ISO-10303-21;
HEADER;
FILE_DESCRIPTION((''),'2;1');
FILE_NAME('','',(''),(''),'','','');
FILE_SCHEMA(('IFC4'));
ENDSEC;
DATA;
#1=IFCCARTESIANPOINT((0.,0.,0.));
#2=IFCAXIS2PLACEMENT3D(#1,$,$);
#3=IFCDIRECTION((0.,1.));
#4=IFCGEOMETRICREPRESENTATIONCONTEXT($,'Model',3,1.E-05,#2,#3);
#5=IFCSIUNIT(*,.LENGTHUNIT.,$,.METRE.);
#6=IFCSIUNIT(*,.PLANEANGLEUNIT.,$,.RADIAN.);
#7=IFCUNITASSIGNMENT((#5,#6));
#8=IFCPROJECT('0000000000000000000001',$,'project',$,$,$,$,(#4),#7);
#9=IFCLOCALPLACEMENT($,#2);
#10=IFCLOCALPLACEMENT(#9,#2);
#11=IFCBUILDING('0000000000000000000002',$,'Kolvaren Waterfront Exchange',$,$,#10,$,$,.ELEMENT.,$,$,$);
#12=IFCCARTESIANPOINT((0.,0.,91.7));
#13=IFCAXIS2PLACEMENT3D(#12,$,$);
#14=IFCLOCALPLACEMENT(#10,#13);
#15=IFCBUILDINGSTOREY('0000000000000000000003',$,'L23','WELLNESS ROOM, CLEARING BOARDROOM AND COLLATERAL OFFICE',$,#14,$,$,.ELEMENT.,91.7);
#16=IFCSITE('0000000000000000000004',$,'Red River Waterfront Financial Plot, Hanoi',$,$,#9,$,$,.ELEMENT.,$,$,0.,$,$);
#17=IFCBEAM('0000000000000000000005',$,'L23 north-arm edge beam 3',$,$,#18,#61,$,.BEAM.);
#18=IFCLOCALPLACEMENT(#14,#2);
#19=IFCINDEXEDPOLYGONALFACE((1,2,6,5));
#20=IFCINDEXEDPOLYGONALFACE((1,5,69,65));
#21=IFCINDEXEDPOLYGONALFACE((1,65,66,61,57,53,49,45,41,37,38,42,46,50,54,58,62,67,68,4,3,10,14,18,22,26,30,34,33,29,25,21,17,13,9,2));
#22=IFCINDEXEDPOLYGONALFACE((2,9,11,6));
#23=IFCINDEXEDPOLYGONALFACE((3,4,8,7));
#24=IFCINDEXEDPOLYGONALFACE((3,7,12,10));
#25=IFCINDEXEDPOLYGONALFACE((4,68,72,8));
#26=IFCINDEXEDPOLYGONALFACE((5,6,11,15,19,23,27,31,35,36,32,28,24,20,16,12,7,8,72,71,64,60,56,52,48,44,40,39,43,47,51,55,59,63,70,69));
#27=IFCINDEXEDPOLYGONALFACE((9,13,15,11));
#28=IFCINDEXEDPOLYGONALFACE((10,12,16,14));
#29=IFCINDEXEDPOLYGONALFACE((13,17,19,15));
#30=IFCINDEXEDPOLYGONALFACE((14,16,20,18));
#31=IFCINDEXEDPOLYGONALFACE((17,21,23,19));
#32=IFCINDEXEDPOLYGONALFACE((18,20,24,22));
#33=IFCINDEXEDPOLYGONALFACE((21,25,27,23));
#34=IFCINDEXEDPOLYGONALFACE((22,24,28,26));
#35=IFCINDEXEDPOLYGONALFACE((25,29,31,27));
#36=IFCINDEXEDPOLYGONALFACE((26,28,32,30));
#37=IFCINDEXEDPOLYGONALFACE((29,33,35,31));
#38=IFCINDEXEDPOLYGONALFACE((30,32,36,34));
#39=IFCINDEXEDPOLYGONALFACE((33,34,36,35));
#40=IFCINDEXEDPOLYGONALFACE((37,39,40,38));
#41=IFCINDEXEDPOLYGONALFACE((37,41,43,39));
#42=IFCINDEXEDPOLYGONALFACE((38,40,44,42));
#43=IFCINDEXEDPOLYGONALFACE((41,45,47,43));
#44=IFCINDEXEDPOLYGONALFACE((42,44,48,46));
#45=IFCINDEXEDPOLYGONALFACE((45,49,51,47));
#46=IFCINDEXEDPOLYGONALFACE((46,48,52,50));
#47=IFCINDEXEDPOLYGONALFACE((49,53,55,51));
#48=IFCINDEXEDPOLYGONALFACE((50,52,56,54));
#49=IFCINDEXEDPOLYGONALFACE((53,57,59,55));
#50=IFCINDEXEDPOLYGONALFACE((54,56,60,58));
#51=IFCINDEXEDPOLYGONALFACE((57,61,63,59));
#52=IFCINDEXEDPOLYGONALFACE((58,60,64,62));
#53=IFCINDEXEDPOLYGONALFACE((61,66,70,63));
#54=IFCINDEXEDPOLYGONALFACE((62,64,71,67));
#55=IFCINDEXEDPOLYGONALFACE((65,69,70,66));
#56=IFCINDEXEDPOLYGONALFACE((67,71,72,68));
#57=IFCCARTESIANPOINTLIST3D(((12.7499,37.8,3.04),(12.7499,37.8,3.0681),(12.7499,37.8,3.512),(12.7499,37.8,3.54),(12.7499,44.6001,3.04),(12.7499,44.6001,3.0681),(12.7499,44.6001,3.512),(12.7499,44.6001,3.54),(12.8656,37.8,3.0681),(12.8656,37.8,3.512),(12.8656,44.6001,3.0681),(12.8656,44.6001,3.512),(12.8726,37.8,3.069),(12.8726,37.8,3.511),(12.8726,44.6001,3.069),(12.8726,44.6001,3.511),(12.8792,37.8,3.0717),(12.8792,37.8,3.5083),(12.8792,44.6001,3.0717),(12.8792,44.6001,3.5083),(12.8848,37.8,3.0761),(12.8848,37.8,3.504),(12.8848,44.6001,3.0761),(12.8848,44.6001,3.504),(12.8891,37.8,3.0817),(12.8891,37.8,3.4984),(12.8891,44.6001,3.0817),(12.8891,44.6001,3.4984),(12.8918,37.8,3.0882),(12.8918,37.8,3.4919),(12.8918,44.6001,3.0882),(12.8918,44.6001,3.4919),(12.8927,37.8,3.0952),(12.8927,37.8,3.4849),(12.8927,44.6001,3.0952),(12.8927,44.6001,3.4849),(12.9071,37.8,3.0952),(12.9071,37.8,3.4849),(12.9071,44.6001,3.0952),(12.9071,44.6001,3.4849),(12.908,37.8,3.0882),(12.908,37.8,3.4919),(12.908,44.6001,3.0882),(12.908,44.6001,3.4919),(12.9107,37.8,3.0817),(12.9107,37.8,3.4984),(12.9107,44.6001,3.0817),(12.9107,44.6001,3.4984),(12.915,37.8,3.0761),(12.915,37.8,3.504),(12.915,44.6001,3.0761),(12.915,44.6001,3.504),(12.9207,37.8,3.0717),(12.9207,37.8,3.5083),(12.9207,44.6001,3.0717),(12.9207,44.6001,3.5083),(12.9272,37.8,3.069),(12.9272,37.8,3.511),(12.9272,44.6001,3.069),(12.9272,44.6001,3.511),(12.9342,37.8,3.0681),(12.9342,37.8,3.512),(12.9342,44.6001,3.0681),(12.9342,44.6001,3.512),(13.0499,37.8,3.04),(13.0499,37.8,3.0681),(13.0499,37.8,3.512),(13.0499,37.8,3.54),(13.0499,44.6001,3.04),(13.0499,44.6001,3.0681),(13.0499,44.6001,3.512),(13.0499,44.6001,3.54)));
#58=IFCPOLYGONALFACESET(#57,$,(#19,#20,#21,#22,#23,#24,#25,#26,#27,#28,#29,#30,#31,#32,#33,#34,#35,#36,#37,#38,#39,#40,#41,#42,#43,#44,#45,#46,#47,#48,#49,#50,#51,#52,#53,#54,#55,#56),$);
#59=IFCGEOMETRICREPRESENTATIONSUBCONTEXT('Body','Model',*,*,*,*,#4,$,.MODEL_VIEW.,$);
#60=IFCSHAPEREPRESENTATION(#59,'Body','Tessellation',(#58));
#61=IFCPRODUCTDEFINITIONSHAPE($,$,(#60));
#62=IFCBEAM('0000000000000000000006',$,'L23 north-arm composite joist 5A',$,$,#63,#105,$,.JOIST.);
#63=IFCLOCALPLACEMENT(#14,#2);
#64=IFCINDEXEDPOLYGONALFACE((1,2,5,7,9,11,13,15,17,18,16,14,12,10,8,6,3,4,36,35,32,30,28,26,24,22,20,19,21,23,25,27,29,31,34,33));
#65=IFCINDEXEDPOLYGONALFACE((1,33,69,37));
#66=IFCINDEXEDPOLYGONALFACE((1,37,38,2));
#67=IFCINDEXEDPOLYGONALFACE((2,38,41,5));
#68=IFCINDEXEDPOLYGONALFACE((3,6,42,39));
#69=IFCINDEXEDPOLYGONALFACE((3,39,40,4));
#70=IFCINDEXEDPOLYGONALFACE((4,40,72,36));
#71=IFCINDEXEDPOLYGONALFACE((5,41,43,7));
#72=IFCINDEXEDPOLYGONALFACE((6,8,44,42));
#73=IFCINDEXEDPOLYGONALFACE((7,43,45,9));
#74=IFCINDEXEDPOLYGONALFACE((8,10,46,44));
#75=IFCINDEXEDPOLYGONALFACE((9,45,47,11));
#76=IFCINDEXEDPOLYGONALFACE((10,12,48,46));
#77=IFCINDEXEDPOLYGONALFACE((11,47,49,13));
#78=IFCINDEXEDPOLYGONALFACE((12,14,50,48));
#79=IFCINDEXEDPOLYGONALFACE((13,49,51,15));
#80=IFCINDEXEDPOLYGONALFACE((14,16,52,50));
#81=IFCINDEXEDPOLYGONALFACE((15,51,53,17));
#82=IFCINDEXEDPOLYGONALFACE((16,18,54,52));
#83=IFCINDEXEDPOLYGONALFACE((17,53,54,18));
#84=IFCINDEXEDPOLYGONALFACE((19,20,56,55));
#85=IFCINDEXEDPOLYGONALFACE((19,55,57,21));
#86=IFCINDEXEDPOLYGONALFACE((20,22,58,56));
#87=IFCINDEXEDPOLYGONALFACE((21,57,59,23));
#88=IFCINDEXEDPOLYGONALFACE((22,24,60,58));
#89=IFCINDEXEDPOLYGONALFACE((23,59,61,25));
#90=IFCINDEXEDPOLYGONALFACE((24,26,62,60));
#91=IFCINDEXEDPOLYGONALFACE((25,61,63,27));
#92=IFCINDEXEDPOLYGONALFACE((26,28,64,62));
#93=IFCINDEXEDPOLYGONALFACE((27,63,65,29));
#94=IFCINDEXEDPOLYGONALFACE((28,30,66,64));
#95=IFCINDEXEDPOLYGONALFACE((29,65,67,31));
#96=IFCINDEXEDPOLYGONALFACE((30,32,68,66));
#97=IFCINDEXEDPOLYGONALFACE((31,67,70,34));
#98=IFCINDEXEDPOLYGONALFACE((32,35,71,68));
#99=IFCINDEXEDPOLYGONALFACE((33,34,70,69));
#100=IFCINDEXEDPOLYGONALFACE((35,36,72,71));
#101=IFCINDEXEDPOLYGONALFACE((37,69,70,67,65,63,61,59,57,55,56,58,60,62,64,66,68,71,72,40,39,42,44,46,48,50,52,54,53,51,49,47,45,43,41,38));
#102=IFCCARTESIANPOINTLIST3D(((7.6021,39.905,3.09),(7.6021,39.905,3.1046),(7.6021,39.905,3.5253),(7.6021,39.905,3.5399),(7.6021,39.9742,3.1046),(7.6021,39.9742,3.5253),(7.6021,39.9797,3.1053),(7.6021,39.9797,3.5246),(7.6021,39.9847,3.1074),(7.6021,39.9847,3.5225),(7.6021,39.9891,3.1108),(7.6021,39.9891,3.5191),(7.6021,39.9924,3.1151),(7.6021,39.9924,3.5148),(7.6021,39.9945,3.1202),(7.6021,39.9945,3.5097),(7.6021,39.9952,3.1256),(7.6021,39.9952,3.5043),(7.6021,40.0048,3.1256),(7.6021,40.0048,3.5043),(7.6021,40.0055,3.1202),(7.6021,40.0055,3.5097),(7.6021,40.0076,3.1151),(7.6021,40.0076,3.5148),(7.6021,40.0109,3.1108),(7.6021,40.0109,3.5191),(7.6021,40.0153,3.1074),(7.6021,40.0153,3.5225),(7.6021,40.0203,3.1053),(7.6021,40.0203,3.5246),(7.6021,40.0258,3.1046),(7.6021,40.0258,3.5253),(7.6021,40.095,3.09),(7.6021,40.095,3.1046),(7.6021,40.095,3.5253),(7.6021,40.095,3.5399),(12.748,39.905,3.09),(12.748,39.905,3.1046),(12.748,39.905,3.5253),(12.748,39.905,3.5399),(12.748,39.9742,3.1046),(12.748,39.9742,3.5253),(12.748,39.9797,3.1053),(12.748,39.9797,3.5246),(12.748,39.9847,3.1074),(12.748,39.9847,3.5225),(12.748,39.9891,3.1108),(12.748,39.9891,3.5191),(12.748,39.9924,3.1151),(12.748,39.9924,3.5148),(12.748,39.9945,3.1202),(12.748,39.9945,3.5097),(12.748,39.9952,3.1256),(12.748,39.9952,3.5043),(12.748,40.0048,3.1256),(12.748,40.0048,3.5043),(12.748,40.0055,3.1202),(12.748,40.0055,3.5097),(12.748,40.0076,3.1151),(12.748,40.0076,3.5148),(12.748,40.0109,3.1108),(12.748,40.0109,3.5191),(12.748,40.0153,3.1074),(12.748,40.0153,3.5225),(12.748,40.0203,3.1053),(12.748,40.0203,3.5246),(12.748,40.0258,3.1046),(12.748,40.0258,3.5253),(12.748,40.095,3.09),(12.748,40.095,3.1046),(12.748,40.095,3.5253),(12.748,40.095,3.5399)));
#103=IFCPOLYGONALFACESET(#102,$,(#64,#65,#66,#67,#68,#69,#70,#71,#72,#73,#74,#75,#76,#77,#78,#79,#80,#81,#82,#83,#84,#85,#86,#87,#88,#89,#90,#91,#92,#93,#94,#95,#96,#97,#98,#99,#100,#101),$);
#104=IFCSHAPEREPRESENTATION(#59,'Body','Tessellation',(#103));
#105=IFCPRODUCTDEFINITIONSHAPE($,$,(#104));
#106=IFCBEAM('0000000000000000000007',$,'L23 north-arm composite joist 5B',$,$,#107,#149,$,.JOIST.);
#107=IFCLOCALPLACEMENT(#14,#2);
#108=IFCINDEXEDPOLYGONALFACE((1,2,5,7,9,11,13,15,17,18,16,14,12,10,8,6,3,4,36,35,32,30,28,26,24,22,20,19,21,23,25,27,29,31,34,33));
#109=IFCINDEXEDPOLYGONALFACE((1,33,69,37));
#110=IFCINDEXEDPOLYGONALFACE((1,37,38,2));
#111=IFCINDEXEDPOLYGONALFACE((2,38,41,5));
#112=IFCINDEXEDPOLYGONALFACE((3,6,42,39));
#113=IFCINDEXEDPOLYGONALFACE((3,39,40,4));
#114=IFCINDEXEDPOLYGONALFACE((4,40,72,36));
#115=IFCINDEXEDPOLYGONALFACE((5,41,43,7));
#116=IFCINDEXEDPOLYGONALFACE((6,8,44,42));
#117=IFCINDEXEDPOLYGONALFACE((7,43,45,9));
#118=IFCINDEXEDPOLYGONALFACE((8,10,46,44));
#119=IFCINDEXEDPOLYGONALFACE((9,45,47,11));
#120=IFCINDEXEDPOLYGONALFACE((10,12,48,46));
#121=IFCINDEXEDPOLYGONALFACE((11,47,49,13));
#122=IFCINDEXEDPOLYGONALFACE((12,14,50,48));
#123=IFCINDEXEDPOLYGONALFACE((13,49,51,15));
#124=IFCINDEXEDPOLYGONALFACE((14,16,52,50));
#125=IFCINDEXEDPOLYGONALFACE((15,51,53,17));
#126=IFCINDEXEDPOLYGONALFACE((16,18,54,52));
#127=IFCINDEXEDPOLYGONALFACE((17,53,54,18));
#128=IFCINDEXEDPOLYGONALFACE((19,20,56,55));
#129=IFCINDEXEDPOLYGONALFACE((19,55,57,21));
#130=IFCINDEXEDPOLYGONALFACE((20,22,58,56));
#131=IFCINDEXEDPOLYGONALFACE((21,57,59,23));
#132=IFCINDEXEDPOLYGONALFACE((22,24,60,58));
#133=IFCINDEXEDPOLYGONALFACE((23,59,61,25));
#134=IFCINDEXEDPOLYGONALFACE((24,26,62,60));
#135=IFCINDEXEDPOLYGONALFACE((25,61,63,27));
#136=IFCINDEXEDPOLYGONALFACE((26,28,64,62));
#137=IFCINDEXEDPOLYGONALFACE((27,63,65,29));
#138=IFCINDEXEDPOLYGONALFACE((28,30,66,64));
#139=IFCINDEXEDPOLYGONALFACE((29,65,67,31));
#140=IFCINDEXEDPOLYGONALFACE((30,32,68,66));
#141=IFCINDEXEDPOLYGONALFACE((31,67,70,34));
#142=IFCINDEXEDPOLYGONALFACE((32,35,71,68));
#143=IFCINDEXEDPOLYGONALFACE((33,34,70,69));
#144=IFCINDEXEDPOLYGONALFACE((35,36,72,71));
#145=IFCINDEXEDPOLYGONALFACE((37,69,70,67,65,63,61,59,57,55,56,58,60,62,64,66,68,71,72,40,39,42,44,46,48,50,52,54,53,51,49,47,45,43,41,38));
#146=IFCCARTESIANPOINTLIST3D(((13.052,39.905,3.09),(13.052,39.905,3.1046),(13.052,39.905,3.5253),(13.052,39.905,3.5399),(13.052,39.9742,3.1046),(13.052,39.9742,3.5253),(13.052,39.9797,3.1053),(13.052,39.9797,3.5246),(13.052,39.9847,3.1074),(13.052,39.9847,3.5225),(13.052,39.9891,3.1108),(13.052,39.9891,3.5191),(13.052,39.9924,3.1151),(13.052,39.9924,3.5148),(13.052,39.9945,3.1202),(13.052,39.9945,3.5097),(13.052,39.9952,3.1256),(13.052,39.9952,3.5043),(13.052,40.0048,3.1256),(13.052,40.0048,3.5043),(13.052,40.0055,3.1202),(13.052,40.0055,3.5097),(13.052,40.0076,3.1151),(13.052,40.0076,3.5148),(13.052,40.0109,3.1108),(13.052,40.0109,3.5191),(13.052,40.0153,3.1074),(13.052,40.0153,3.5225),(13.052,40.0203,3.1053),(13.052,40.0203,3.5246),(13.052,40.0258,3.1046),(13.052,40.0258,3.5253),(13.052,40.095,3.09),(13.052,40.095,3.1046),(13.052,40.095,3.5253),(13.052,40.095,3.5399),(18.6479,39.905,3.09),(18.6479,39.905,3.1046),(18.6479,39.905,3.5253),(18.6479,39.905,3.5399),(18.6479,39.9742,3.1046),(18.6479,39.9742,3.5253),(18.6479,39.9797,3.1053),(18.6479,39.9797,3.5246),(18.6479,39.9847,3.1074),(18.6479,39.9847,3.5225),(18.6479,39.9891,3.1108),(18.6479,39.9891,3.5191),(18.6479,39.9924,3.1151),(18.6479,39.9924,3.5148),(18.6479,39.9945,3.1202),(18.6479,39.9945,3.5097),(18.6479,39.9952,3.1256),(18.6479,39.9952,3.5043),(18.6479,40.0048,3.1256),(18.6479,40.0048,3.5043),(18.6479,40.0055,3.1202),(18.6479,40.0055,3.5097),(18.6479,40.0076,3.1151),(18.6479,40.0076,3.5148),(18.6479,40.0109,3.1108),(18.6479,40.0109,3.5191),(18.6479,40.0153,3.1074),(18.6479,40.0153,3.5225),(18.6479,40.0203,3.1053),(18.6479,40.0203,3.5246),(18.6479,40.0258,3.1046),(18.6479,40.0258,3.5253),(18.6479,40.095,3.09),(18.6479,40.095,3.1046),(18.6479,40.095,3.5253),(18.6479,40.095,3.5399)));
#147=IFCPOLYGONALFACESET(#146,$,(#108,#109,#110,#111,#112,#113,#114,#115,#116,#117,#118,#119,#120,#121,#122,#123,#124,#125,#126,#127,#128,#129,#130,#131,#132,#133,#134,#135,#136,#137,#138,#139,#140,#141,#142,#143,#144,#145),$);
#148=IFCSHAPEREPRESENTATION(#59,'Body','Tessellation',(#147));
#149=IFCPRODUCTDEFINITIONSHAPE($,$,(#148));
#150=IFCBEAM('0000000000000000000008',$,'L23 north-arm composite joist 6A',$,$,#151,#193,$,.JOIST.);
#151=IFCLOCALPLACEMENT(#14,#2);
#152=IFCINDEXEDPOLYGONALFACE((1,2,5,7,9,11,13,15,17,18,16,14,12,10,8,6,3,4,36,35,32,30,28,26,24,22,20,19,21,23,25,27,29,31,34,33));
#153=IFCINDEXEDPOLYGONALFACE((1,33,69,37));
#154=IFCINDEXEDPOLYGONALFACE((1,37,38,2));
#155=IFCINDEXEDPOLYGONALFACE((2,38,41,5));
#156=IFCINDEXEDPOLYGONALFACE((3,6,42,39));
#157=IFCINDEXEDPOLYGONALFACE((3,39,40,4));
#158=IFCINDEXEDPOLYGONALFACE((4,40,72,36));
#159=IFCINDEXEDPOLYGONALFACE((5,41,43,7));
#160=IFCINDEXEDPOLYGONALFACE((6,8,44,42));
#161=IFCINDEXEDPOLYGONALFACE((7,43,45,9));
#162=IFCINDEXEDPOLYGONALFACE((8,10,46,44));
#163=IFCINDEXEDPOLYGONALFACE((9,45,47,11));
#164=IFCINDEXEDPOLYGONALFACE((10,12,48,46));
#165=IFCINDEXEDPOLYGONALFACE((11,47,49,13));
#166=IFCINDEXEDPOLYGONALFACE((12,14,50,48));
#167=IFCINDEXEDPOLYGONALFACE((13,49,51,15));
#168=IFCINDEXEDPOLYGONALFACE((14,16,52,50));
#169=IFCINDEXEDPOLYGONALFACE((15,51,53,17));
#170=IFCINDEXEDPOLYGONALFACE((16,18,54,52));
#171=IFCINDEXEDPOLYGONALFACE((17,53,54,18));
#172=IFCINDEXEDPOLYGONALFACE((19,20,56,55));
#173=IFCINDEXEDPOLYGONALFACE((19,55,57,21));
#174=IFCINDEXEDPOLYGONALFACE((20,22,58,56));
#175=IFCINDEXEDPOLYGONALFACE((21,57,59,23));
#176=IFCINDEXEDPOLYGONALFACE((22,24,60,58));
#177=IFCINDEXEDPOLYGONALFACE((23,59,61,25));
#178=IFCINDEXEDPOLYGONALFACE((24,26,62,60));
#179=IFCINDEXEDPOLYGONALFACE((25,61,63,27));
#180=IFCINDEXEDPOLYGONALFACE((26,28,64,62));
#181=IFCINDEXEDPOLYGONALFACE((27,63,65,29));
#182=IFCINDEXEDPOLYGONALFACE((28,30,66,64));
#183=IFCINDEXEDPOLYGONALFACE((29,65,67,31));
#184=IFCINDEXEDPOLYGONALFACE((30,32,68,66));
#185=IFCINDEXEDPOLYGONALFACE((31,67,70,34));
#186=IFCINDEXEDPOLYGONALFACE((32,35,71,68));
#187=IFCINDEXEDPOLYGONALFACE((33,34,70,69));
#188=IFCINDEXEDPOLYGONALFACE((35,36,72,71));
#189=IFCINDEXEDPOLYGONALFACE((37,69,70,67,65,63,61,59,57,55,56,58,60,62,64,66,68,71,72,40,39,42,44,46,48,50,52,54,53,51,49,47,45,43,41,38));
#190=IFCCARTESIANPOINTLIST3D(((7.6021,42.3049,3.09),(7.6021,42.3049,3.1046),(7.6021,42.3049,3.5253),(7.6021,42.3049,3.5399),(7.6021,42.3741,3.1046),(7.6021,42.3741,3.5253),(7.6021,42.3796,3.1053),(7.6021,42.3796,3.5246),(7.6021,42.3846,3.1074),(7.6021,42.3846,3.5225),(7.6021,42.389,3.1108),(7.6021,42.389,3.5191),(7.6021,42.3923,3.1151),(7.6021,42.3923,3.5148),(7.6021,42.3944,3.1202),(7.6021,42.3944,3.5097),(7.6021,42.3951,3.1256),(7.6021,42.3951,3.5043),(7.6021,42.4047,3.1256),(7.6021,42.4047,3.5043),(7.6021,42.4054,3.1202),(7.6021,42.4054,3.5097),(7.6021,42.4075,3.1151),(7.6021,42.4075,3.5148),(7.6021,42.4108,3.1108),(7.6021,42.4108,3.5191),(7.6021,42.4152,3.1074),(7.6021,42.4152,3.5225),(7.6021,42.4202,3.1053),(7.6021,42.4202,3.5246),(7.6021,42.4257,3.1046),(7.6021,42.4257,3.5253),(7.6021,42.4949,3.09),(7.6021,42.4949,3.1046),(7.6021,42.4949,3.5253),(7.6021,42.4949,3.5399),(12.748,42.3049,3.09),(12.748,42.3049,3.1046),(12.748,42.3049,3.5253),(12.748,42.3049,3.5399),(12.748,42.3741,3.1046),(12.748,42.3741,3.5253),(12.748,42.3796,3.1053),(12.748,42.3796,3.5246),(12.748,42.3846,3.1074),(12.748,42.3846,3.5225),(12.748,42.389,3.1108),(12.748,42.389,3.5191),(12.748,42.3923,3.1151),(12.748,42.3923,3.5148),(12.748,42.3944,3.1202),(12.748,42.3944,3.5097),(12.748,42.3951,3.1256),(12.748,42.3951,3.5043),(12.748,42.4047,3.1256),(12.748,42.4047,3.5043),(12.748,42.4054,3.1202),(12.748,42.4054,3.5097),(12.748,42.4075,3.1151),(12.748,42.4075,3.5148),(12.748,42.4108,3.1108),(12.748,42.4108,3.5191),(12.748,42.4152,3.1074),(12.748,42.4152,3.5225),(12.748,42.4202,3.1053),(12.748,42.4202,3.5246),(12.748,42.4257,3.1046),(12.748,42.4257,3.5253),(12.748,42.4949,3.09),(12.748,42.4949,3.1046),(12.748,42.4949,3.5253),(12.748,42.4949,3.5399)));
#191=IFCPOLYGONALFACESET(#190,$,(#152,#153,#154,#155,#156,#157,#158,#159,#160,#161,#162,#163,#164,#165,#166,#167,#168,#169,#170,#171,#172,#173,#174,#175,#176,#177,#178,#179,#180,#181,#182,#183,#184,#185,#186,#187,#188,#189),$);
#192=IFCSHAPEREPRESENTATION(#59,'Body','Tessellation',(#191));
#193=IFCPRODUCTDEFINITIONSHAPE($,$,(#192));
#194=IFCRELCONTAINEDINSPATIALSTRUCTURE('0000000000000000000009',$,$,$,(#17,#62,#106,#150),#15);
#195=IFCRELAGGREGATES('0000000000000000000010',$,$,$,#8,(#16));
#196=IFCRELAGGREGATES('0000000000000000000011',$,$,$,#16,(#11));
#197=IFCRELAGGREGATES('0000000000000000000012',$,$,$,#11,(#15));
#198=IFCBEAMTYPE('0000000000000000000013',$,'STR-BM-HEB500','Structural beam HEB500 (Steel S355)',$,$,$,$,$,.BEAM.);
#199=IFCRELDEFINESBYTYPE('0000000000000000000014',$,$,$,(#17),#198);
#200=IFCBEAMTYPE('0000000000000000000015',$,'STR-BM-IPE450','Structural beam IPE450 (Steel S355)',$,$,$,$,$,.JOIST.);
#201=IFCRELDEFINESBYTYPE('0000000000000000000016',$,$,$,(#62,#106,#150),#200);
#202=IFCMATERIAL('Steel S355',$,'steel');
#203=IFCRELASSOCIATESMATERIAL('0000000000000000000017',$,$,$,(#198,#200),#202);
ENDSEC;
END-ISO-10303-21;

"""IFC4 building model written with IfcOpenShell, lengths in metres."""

from ifc_helpers import new_model, si_unit, direction, frame, origin, origin_2d, place, context, subcontext, project, spatial, i_section, extrude, material, material_profile, profile_set, type_object, element, save


model = new_model("IFC4")

# Units and contexts
model_context = context("Model", 3, precision=1e-05, world=origin(), true_north=direction((0.0, 1.0)))
body_context = subcontext(model_context, "Body", "Model", "MODEL_VIEW")
ifc_project = project(units=[si_unit("LENGTHUNIT", "METRE"), si_unit("PLANEANGLEUNIT", "RADIAN")], contexts=[model_context])

# Site, building, storey
site_placement = place(None, origin())
site = spatial("IfcSite", under=ifc_project, at=site_placement, Name="Red River Waterfront Financial Plot, Hanoi", CompositionType="ELEMENT", RefElevation=0.0)
building_placement = place(site_placement, origin())
building = spatial("IfcBuilding", under=site, at=building_placement, Name="Kolvaren Waterfront Exchange", CompositionType="ELEMENT")
storey_placement = place(building_placement, frame((0.0, 0.0, 91.7)))
storey = spatial("IfcBuildingStorey", under=building, at=storey_placement, Name="L23", Description="WELLNESS ROOM, CLEARING BOARDROOM AND COLLATERAL OFFICE", CompositionType="ELEMENT", Elevation=91.7)

# Beams
ifc_material_1 = material(Name="Steel S355", Category="steel")
ifc_material_profile_1 = material_profile(ifc_material_1, i_section(OverallWidth=0.3, OverallDepth=0.5, WebThickness=0.0144, FlangeThickness=0.0281, FilletRadius=0.0271, at=origin_2d()), Name="HEB500")
ifc_profile_set_1 = profile_set([ifc_material_profile_1], Name="Steel S355")
beam_type_1 = type_object("IfcBeamType", Name="STR-BM-HEB500", Description="Structural beam HEB500 (Steel S355)", PredefinedType="BEAM", material=ifc_profile_set_1)
beam_1_placement = place(storey_placement, frame((12.8999, 37.8, 3.29), z_axis=(0.0, 1.0, 0.0), x_axis=(-1.0, 0.0, 0.0)))
element("IfcBeam", 1, at=beam_1_placement, inside=storey, type_object=beam_type_1, Name="L23 north-arm edge beam 3", PredefinedType="BEAM", context=body_context, shape_type="SweptSolid", body=[
    extrude(i_section(OverallWidth=0.3, OverallDepth=0.5, WebThickness=0.0144, FlangeThickness=0.0281, FilletRadius=0.0271, at=origin_2d()), origin(), (0.0, 0.0, 1.0), 6.8),
])
ifc_material_profile_2 = material_profile(ifc_material_1, i_section(OverallWidth=0.1899, OverallDepth=0.45, WebThickness=0.0095, FlangeThickness=0.0146, FilletRadius=0.021, at=origin_2d()), Name="IPE450")
ifc_profile_set_2 = profile_set([ifc_material_profile_2], Name="Steel S355")
beam_type_2 = type_object("IfcBeamType", Name="STR-BM-IPE450", Description="Structural beam IPE450 (Steel S355)", PredefinedType="JOIST", material=ifc_profile_set_2)
beam_2_placement = place(storey_placement, frame((7.6021, 40.0, 3.3149), z_axis=(1.0, 0.0, 0.0), x_axis=(0.0, 1.0, 0.0)))
element("IfcBeam", 2, at=beam_2_placement, inside=storey, type_object=beam_type_2, Name="L23 north-arm composite joist 5A", PredefinedType="JOIST", context=body_context, shape_type="SweptSolid", body=[
    extrude(i_section(OverallWidth=0.1899, OverallDepth=0.45, WebThickness=0.0095, FlangeThickness=0.0146, FilletRadius=0.021, at=origin_2d()), origin(), (0.0, 0.0, 1.0), 5.146),
])
beam_3_placement = place(storey_placement, frame((13.052, 40.0, 3.3149), z_axis=(1.0, 0.0, 0.0), x_axis=(0.0, 1.0, 0.0)))
element("IfcBeam", 3, at=beam_3_placement, inside=storey, type_object=beam_type_2, Name="L23 north-arm composite joist 5B", PredefinedType="JOIST", context=body_context, shape_type="SweptSolid", body=[
    extrude(i_section(OverallWidth=0.1899, OverallDepth=0.45, WebThickness=0.0095, FlangeThickness=0.0146, FilletRadius=0.021, at=origin_2d()), origin(), (0.0, 0.0, 1.0), 5.5959),
])
beam_4_placement = place(storey_placement, frame((7.6021, 42.3999, 3.3149), z_axis=(1.0, 0.0, 0.0), x_axis=(0.0, 1.0, 0.0)))
element("IfcBeam", 4, at=beam_4_placement, inside=storey, type_object=beam_type_2, Name="L23 north-arm composite joist 6A", PredefinedType="JOIST", context=body_context, shape_type="SweptSolid", body=[
    extrude(i_section(OverallWidth=0.1899, OverallDepth=0.45, WebThickness=0.0095, FlangeThickness=0.0146, FilletRadius=0.021, at=origin_2d()), origin(), (0.0, 0.0, 1.0), 5.146),
])

save(model, "model.ifc")
